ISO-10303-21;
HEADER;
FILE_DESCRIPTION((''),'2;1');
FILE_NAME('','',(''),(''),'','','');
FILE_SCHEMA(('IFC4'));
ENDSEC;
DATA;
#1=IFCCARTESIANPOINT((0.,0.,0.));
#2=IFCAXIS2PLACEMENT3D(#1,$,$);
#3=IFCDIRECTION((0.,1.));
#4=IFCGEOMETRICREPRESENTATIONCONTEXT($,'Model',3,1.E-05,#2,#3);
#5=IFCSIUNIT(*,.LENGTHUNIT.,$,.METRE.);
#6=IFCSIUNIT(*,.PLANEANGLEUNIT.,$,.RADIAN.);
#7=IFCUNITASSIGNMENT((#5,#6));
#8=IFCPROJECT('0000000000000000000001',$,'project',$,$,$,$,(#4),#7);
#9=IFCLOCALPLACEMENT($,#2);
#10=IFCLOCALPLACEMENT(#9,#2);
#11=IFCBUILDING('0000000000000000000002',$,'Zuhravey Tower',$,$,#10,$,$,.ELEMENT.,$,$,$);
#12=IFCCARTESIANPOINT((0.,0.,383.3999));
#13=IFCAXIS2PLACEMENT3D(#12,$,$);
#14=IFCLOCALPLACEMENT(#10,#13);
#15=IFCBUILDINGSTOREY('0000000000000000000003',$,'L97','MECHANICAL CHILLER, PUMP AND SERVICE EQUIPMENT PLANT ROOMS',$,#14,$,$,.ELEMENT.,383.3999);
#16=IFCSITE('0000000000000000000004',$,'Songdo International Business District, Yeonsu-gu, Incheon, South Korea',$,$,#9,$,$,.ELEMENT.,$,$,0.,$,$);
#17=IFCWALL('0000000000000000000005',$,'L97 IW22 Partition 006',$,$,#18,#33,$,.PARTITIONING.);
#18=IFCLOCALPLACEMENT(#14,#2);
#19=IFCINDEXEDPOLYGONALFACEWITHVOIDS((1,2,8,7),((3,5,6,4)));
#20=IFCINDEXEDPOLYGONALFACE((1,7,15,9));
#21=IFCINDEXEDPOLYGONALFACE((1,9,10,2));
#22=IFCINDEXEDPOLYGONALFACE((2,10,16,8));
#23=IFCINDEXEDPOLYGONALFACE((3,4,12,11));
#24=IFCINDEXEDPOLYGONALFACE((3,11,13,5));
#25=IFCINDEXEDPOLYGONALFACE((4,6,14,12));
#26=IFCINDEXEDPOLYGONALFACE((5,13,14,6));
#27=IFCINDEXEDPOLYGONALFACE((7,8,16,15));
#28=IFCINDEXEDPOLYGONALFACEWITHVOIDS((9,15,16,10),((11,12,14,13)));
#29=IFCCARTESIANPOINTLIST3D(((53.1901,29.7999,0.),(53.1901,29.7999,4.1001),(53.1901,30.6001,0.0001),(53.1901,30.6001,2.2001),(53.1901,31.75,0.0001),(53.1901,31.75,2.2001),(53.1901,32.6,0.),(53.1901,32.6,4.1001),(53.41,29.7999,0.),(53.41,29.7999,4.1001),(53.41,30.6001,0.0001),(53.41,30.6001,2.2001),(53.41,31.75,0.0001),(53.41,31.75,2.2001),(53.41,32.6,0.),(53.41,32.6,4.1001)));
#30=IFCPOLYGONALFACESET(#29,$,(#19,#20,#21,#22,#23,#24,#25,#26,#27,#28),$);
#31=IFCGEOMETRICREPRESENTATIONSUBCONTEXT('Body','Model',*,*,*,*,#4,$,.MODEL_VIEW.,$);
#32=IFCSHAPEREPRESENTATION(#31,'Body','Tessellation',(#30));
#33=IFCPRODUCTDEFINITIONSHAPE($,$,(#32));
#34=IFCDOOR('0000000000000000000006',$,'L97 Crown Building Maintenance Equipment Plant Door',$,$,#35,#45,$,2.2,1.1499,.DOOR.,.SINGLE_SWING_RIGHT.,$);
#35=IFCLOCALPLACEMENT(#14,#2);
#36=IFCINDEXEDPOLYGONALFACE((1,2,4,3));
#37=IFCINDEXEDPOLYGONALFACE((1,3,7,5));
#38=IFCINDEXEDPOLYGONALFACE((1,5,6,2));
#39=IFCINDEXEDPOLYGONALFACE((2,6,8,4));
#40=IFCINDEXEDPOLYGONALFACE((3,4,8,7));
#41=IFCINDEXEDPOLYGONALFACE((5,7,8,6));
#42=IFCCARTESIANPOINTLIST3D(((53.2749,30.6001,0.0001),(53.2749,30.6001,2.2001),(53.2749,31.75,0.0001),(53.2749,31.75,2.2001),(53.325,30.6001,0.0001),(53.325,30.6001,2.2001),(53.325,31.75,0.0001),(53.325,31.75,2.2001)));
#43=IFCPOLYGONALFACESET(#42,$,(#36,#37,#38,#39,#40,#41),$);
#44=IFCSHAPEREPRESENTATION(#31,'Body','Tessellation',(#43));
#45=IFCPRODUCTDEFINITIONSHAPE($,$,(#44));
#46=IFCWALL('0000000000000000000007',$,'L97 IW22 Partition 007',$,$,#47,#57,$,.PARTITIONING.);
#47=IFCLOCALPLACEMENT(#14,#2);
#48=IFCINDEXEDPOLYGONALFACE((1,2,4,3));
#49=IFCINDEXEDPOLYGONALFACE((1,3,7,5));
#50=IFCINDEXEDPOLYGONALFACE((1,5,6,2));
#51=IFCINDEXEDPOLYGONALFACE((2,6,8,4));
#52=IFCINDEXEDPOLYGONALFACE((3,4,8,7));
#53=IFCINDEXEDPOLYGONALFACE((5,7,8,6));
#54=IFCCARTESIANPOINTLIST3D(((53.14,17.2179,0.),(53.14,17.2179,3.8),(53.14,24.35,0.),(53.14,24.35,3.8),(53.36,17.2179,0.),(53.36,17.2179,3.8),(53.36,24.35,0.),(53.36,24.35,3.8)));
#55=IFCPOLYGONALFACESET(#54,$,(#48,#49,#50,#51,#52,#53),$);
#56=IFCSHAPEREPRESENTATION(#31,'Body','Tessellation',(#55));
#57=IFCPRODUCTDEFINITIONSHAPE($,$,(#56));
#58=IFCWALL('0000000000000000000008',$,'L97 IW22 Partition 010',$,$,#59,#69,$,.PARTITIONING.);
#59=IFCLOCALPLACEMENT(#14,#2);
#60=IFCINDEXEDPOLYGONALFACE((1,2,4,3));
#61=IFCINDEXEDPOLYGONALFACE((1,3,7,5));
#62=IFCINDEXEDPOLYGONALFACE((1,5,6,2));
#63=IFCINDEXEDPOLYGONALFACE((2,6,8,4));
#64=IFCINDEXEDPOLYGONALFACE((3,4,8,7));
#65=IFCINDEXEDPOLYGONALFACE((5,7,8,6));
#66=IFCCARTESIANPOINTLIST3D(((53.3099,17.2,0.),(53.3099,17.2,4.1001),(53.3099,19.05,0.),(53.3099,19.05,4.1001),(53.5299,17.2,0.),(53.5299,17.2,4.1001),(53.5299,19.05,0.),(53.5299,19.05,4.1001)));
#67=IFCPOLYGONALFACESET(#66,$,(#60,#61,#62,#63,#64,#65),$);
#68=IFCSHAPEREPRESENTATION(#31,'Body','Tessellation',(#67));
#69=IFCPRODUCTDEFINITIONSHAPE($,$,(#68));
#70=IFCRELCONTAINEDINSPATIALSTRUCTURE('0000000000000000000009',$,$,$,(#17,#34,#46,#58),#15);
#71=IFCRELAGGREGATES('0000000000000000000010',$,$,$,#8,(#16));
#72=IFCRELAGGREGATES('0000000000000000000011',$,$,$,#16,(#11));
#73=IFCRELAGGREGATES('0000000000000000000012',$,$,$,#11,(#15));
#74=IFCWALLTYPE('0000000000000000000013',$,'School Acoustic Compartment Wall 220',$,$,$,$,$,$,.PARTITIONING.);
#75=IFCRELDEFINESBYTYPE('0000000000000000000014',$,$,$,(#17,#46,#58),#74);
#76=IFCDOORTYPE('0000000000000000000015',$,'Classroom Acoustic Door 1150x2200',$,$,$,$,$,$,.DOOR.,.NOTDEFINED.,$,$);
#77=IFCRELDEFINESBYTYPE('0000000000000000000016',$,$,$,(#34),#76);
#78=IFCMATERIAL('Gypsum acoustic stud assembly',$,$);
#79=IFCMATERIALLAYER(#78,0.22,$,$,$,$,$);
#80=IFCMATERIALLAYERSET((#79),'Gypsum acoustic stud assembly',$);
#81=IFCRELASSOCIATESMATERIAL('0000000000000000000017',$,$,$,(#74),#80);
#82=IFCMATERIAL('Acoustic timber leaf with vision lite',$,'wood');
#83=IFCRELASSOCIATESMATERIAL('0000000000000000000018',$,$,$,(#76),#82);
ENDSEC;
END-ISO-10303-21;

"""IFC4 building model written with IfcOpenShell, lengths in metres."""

from ifc_helpers import new_model, si_unit, direction, frame, frame_2d, origin, place, context, subcontext, project, spatial, rectangle, extrude, material, layer, layer_set, type_object, element, fill, save


model = new_model("IFC4")

# Units and contexts
model_context = context("Model", 3, precision=1e-05, world=origin(), true_north=direction((0.0, 1.0)))
body_context = subcontext(model_context, "Body", "Model", "MODEL_VIEW")
ifc_project = project(units=[si_unit("LENGTHUNIT", "METRE"), si_unit("PLANEANGLEUNIT", "RADIAN")], contexts=[model_context])

# Site, building, storey
site_placement = place(None, origin())
site = spatial("IfcSite", under=ifc_project, at=site_placement, Name="Songdo International Business District, Yeonsu-gu, Incheon, South Korea", CompositionType="ELEMENT", RefElevation=0.0)
building_placement = place(site_placement, origin())
building = spatial("IfcBuilding", under=site, at=building_placement, Name="Zuhravey Tower", CompositionType="ELEMENT")
storey_placement = place(building_placement, frame((0.0, 0.0, 383.3999)))
storey = spatial("IfcBuildingStorey", under=building, at=storey_placement, Name="L97", Description="MECHANICAL CHILLER, PUMP AND SERVICE EQUIPMENT PLANT ROOMS", CompositionType="ELEMENT", Elevation=383.3999)

# Wall, opening, door
ifc_material_1 = material(Name="Gypsum acoustic stud assembly")
ifc_layer_1 = layer(ifc_material_1, 0.22)
ifc_layer_set_1 = layer_set([ifc_layer_1], Name="Gypsum acoustic stud assembly")
wall_type = type_object("IfcWallType", Name="School Acoustic Compartment Wall 220", PredefinedType="PARTITIONING", material=ifc_layer_set_1)
ifc_material_2 = material(Name="Acoustic timber leaf with vision lite", Category="wood")
door_type = type_object("IfcDoorType", Name="Classroom Acoustic Door 1150x2200", OperationType="NOTDEFINED", PredefinedType="DOOR", material=ifc_material_2)
wall_1_placement = place(storey_placement, frame((53.3, 29.8, 0.0), z_axis=(0.0, 0.0, 1.0), x_axis=(0.0, 1.0, 0.0)))
wall_1 = element("IfcWall", 1, at=wall_1_placement, inside=storey, type_object=wall_type, Name="L97 IW22 Partition 006", PredefinedType="PARTITIONING", context=body_context, shape_type="SweptSolid", body=[
    extrude(rectangle(XDim=2.8, YDim=0.22, at=frame_2d((1.3999, 0.0))), origin(), (0.0, 0.0, 1.0), 4.1001),
])
opening_1_placement = place(wall_1_placement, frame((0.8, 0.0, 0.0)))
opening_1 = element("IfcOpeningElement", 2, at=opening_1_placement, cuts=wall_1, PredefinedType="OPENING", context=body_context, shape_type="SweptSolid", body=[
    extrude(rectangle(XDim=1.1499, YDim=2.2, at=frame_2d((0.575, 1.1001))), frame((0.0, 0.1221, 0.0), z_axis=(0.0, -1.0, 0.0), x_axis=(1.0, 0.0, 0.0)), (0.0, 0.0, 1.0), 0.2439),
])
door_1_placement = place(opening_1_placement, frame((1.1499, 0.0, 0.0), z_axis=(0.0, 0.0, 1.0), x_axis=(-1.0, 0.0, 0.0)))
door_1 = element("IfcDoor", 3, at=door_1_placement, inside=storey, type_object=door_type, Name="L97 Crown Building Maintenance Equipment Plant Door", OperationType="SINGLE_SWING_RIGHT", OverallHeight=2.2, OverallWidth=1.1499, PredefinedType="DOOR", context=body_context, shape_type="SweptSolid", body=[
    extrude(rectangle(XDim=1.1499, YDim=2.2, at=frame_2d((0.575, 1.1001))), frame((0.0, 0.0249, 0.0), z_axis=(0.0, -1.0, 0.0), x_axis=(1.0, 0.0, 0.0)), (0.0, 0.0, 1.0), 0.05),
])
fill(opening_1, door_1)

# Walls
wall_2_placement = place(storey_placement, frame((53.25, 17.218, 0.0), z_axis=(0.0, 0.0, 1.0), x_axis=(0.0, 1.0, 0.0)))
element("IfcWall", 4, at=wall_2_placement, inside=storey, type_object=wall_type, Name="L97 IW22 Partition 007", PredefinedType="PARTITIONING", context=body_context, shape_type="SweptSolid", body=[
    extrude(rectangle(XDim=7.1321, YDim=0.22, at=frame_2d((3.5659, 0.0))), origin(), (0.0, 0.0, 1.0), 3.8),
])
wall_3_placement = place(storey_placement, frame((53.4199, 17.2, 0.0), z_axis=(0.0, 0.0, 1.0), x_axis=(0.0, 1.0, 0.0)))
element("IfcWall", 5, at=wall_3_placement, inside=storey, type_object=wall_type, Name="L97 IW22 Partition 010", PredefinedType="PARTITIONING", context=body_context, shape_type="SweptSolid", body=[
    extrude(rectangle(XDim=1.8501, YDim=0.22, at=frame_2d((0.925, 0.0))), origin(), (0.0, 0.0, 1.0), 4.1001),
])

save(model, "model.ifc")
